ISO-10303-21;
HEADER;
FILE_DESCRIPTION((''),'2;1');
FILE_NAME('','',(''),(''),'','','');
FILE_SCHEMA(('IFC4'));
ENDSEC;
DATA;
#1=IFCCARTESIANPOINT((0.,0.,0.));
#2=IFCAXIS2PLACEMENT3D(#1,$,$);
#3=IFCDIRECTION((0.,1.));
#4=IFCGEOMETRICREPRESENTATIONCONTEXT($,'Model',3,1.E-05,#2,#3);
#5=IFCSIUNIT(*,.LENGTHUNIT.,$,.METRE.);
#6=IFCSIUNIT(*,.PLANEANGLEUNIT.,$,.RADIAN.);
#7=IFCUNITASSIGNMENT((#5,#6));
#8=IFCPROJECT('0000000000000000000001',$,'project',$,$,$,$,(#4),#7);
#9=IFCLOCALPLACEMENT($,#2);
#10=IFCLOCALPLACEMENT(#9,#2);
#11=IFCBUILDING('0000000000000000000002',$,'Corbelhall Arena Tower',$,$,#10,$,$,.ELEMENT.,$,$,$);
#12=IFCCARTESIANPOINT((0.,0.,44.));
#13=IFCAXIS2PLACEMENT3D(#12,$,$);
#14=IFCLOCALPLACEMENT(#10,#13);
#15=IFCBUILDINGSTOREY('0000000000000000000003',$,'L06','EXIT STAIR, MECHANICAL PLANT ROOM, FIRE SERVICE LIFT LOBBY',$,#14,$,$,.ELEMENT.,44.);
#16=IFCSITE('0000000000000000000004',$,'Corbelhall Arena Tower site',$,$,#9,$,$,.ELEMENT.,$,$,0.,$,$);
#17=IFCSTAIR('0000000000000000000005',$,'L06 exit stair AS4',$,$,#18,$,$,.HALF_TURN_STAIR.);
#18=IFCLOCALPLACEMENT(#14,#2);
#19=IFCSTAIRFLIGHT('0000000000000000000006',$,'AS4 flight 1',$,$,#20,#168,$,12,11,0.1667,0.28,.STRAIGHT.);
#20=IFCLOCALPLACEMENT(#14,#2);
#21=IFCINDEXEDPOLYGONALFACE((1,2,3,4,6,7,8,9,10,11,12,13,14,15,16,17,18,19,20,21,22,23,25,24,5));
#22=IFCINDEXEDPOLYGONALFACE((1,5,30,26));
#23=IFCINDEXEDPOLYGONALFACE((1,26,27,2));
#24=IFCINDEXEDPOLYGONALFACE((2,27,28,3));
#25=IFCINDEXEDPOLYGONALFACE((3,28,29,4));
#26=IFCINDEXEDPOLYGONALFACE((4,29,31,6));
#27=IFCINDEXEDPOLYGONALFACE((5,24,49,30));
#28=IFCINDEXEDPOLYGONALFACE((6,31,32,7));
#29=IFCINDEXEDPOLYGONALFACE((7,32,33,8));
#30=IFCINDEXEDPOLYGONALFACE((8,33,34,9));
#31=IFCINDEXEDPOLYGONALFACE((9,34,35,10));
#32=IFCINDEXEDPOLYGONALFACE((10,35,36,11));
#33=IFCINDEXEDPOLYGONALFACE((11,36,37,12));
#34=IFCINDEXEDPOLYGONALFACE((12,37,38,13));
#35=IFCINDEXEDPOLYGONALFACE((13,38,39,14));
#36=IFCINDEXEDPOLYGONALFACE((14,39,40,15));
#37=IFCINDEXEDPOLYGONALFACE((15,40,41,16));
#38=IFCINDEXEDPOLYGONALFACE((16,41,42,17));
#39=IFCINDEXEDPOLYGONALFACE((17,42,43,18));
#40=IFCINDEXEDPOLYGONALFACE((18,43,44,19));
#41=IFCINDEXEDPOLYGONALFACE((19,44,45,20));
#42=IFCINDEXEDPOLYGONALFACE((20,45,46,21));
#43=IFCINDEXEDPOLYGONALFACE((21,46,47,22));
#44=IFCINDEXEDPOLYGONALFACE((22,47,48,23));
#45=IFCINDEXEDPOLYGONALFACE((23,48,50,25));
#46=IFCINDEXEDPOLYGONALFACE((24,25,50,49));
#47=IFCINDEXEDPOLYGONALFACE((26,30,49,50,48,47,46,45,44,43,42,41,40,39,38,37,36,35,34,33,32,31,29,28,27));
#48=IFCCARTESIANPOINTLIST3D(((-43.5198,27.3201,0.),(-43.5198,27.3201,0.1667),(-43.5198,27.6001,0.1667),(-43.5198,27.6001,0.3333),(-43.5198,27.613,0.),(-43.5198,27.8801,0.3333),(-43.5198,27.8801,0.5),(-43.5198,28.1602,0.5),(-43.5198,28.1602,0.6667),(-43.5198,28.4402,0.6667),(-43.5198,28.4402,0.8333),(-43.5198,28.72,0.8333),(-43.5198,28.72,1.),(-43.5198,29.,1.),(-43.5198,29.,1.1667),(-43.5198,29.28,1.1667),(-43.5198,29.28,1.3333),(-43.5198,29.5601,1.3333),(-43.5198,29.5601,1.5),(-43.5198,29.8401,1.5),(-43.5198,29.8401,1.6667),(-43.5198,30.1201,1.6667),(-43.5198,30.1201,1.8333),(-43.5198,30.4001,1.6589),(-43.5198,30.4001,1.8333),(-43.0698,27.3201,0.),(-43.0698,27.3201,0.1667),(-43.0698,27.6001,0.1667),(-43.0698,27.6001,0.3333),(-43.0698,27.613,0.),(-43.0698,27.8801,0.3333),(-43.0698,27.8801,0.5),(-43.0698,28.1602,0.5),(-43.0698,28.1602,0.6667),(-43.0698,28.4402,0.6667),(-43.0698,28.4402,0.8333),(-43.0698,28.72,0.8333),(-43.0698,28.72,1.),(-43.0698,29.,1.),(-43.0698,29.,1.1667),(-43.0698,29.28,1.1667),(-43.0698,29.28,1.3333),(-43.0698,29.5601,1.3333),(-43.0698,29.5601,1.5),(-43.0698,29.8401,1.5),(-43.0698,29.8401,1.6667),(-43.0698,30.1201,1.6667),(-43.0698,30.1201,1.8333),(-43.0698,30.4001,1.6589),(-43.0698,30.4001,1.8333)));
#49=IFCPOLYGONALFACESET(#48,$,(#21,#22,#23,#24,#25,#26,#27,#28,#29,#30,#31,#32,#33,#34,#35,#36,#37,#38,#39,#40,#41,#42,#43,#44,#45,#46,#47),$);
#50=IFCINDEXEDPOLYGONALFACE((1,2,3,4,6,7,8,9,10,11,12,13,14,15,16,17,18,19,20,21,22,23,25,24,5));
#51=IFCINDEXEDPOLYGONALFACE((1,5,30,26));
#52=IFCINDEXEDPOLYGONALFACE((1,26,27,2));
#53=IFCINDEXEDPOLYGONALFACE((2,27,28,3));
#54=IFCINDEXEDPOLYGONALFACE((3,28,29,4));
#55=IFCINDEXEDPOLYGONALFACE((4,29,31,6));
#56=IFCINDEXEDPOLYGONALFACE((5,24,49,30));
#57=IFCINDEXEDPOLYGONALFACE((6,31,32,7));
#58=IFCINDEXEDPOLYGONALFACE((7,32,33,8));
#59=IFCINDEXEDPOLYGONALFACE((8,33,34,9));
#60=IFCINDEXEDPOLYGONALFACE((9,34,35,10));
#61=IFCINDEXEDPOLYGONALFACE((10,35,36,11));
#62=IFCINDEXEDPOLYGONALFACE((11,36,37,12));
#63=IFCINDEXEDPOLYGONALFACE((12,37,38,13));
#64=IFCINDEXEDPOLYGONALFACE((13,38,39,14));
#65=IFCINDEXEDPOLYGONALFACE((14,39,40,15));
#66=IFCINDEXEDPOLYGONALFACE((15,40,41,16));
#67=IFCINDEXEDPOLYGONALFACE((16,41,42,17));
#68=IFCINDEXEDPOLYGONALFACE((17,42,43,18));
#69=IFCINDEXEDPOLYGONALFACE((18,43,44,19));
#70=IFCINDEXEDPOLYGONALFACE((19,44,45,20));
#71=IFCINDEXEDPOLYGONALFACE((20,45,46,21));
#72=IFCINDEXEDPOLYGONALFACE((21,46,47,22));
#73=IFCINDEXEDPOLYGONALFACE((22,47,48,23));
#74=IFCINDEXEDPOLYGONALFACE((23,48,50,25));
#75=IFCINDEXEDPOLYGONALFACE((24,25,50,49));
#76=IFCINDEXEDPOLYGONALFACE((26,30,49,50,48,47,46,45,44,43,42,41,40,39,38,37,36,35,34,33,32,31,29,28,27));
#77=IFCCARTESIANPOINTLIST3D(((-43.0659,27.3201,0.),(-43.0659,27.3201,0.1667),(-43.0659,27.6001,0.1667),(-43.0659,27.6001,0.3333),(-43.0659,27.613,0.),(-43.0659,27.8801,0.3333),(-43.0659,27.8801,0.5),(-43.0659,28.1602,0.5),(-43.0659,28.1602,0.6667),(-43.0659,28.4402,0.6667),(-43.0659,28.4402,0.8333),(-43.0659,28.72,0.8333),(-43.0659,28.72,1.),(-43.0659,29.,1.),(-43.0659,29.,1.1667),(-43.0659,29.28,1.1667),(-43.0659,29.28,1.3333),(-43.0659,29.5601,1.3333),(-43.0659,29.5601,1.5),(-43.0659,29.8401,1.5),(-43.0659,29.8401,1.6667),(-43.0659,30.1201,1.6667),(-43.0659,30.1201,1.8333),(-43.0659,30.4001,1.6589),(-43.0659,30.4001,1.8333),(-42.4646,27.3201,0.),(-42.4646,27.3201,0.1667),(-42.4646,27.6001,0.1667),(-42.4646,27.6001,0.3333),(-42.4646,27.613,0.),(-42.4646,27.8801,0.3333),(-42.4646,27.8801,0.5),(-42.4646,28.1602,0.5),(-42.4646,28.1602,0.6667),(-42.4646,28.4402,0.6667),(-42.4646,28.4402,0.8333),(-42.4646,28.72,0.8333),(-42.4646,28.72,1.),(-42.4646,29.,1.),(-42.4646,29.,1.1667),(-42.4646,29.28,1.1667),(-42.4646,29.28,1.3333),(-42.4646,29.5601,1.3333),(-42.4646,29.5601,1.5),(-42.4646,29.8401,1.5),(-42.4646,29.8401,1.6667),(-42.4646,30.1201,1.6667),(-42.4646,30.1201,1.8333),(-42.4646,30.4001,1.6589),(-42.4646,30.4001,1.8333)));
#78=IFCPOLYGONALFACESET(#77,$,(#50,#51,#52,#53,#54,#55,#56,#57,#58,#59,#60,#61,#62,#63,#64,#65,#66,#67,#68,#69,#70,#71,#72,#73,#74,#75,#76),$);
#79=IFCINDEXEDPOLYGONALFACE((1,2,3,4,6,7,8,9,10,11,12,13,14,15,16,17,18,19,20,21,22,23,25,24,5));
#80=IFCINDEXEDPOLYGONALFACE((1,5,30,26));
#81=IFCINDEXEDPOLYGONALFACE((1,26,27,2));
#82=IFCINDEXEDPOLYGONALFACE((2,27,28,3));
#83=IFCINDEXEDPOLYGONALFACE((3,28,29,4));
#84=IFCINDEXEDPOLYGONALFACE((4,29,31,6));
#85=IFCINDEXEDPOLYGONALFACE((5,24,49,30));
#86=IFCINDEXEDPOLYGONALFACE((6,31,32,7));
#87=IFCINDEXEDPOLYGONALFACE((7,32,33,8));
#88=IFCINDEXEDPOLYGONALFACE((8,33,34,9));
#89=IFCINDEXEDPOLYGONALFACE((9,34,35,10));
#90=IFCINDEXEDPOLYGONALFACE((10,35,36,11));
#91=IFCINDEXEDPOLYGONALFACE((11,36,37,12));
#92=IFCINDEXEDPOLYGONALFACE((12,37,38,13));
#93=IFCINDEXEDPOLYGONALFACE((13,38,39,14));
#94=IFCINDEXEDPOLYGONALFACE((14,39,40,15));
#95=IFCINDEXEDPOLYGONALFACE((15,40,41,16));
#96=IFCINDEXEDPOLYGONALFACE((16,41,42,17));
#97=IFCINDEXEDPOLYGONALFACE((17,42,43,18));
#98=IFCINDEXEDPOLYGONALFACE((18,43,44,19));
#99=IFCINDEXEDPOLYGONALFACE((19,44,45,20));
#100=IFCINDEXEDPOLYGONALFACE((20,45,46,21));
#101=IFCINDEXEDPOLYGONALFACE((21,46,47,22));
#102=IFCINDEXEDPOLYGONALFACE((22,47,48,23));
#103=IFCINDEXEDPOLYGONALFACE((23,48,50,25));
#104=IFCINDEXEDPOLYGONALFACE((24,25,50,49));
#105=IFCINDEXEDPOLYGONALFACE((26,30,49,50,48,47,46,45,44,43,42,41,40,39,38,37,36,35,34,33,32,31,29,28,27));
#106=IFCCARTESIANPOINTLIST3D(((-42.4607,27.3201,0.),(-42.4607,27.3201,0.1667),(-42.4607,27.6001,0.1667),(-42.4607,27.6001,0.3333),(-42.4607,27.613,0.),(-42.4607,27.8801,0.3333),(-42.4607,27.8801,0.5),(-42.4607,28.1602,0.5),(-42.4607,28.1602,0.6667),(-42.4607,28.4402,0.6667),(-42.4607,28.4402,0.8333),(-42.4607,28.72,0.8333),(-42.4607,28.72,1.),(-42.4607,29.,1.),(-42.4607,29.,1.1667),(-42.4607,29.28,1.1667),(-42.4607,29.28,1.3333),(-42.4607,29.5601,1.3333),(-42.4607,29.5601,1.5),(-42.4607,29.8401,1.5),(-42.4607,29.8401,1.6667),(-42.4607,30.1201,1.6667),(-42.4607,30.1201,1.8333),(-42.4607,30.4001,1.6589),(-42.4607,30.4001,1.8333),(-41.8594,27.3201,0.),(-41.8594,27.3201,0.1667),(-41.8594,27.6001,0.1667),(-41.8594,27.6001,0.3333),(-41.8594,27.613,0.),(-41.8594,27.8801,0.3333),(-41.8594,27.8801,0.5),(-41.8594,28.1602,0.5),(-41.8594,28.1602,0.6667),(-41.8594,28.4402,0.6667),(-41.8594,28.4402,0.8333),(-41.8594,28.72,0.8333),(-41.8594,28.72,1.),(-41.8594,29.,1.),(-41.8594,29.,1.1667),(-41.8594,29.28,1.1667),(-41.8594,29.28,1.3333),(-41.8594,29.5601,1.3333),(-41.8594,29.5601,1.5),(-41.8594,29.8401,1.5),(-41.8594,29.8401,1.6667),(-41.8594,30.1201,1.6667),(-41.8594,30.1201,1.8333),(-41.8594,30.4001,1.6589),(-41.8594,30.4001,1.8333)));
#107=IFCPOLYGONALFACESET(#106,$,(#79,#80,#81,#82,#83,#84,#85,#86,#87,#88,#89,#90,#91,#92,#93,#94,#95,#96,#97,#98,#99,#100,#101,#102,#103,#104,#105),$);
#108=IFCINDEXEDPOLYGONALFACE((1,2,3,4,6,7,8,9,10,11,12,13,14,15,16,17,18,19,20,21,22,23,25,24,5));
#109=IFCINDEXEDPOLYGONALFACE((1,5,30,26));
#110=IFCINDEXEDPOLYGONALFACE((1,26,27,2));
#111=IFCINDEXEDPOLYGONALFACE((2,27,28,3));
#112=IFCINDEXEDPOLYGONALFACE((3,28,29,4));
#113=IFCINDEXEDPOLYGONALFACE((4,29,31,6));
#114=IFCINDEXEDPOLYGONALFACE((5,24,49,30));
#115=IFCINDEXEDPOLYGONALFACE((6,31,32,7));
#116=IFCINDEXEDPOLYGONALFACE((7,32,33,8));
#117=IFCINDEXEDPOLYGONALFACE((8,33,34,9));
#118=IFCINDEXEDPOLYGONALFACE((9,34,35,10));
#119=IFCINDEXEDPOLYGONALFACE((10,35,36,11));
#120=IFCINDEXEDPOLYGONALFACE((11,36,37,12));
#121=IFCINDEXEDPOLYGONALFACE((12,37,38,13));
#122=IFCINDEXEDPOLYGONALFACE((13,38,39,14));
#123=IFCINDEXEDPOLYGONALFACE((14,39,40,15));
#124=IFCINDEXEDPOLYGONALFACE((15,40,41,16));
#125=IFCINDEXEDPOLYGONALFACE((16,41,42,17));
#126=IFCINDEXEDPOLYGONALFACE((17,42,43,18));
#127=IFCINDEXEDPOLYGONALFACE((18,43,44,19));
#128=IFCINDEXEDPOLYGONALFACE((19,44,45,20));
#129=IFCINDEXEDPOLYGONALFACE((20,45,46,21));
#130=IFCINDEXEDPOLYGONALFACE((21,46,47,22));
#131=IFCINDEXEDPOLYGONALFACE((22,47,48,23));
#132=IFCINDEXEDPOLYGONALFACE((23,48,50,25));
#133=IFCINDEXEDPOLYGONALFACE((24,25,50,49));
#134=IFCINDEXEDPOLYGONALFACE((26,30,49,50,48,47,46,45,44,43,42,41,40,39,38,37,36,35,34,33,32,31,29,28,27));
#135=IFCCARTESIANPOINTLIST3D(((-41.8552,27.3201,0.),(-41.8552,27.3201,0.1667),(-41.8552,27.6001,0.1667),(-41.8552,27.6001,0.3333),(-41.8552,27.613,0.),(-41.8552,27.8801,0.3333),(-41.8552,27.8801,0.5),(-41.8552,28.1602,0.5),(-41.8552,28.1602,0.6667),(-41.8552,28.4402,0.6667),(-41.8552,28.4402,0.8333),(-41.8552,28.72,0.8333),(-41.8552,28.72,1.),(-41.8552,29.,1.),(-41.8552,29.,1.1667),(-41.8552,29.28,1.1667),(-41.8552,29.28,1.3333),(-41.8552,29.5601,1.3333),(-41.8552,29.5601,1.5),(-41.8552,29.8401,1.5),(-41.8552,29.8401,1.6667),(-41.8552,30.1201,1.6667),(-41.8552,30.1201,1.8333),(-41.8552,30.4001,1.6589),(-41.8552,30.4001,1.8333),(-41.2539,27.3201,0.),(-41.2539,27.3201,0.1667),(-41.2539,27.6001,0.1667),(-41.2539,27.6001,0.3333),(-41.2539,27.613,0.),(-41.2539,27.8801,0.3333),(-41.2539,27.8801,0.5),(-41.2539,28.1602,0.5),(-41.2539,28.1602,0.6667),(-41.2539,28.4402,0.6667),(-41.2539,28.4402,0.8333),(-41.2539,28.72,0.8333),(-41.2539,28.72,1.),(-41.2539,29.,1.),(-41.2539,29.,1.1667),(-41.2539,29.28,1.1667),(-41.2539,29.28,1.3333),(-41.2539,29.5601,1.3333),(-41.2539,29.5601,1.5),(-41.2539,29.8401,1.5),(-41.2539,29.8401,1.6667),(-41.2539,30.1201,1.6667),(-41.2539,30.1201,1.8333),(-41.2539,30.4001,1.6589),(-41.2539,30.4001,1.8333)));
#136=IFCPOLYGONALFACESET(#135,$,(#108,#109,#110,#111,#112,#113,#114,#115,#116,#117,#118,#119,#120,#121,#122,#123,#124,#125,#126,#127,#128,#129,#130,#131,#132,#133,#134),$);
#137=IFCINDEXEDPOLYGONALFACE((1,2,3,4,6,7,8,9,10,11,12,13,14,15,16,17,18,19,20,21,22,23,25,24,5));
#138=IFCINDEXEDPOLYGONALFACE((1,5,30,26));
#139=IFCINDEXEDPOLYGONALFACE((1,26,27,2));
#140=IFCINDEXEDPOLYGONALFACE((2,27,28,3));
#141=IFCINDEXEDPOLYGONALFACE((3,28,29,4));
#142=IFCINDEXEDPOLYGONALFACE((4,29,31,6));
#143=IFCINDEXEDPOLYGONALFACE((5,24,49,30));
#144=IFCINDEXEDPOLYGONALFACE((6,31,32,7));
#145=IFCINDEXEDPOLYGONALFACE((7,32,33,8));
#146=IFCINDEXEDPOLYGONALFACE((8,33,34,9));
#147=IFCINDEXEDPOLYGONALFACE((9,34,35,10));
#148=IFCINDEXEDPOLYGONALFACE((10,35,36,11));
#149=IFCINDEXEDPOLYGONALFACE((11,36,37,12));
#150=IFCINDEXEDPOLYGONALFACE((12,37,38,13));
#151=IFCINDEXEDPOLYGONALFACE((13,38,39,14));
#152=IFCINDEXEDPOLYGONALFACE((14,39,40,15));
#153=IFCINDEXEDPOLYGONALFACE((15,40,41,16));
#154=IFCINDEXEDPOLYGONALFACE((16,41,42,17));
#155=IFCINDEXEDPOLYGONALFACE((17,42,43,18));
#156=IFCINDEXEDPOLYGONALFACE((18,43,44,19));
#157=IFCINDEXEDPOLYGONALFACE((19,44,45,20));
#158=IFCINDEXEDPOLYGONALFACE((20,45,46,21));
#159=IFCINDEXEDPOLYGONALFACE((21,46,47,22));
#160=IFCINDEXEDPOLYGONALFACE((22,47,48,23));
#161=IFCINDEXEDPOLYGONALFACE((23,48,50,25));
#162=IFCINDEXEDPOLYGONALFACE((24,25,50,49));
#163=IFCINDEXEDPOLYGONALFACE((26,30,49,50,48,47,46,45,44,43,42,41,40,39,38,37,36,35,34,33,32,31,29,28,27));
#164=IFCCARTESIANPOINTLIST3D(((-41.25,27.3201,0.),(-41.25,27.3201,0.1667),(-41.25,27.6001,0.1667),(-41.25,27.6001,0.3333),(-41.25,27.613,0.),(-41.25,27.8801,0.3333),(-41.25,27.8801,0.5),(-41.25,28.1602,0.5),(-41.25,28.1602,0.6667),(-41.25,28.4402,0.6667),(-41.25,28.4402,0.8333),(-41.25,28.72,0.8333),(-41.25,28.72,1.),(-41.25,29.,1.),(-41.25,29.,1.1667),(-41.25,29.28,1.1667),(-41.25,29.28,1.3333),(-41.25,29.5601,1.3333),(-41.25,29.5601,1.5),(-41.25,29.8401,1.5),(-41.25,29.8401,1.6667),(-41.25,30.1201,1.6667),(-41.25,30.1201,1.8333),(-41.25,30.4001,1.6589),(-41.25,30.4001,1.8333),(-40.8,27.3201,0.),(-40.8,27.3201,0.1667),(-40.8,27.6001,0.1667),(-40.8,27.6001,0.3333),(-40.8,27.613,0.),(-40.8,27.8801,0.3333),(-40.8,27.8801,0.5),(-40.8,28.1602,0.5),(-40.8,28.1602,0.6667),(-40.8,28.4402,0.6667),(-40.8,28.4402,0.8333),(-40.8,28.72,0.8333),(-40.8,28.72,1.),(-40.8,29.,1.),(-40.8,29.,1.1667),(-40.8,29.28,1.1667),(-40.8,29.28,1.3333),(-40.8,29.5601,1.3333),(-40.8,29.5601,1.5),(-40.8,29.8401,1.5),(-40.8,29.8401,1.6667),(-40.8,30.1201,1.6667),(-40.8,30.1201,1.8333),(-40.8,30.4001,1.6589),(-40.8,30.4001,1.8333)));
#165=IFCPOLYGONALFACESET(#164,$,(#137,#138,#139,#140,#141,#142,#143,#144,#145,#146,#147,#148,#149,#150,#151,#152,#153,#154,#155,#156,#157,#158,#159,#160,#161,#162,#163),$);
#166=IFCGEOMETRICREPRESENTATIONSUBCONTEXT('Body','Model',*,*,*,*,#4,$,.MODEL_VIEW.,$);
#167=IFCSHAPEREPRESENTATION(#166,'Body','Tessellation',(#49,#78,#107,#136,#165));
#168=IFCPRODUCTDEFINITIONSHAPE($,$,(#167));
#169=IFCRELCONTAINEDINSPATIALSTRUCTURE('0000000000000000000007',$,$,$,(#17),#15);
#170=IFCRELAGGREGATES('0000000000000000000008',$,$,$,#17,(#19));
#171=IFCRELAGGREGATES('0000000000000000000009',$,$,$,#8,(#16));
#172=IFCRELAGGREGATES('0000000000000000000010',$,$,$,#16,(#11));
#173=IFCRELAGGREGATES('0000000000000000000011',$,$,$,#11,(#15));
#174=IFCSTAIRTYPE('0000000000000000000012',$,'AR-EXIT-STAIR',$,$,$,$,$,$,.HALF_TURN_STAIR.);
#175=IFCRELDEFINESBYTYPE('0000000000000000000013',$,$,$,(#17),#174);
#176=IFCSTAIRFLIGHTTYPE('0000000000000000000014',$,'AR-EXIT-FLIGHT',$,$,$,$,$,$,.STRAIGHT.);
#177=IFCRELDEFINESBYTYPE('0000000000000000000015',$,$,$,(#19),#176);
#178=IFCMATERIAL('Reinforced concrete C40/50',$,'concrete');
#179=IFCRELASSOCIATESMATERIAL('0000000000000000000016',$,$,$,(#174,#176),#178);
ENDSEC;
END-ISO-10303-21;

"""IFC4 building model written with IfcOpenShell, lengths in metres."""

from ifc_helpers import new_model, si_unit, direction, frame, origin, place, context, subcontext, project, spatial, polyline, outline, extrude, material, type_object, element, aggregate, save


model = new_model("IFC4")

# Units and contexts
model_context = context("Model", 3, precision=1e-05, world=origin(), true_north=direction((0.0, 1.0)))
body_context = subcontext(model_context, "Body", "Model", "MODEL_VIEW")
ifc_project = project(units=[si_unit("LENGTHUNIT", "METRE"), si_unit("PLANEANGLEUNIT", "RADIAN")], contexts=[model_context])

# Site, building, storey
site_placement = place(None, origin())
site = spatial("IfcSite", under=ifc_project, at=site_placement, Name="Corbelhall Arena Tower site", CompositionType="ELEMENT", RefElevation=0.0)
building_placement = place(site_placement, origin())
building = spatial("IfcBuilding", under=site, at=building_placement, Name="Corbelhall Arena Tower", CompositionType="ELEMENT")
storey_placement = place(building_placement, frame((0.0, 0.0, 44.0)))
storey = spatial("IfcBuildingStorey", under=building, at=storey_placement, Name="L06", Description="EXIT STAIR, MECHANICAL PLANT ROOM, FIRE SERVICE LIFT LOBBY", CompositionType="ELEMENT", Elevation=44.0)

# Shared definitions
ifc_material_1 = material(Name="Reinforced concrete C40/50", Category="concrete")

# Stair, stair flight
stair_type = type_object("IfcStairType", Name="AR-EXIT-STAIR", PredefinedType="HALF_TURN_STAIR", material=ifc_material_1)
stair_placement = place(storey_placement, origin())
stair = element("IfcStair", 1, at=stair_placement, inside=storey, type_object=stair_type, Name="L06 exit stair AS4", PredefinedType="HALF_TURN_STAIR")
stair_flight_type = type_object("IfcStairFlightType", Name="AR-EXIT-FLIGHT", PredefinedType="STRAIGHT", material=ifc_material_1)
stair_flight_1_placement = place(storey_placement, frame((-42.1599, 27.3201, 0.0), z_axis=(0.0, 0.0, 1.0), x_axis=(0.0, 1.0, 0.0)))
stair_flight_1 = element("IfcStairFlight", 2, at=stair_flight_1_placement, type_object=stair_flight_type, Name="AS4 flight 1", NumberOfRisers=12, NumberOfTreads=11, PredefinedType="STRAIGHT", RiserHeight=0.1667, TreadLength=0.28, context=body_context, shape_type="SweptSolid", body=[
    extrude(outline(polyline([(0.0, 0.0), (0.0, 0.1667), (0.28, 0.1667), (0.28, 0.3333), (0.5601, 0.3333), (0.5601, 0.5), (0.8401, 0.5), (0.8401, 0.6667), (1.1201, 0.6667), (1.1201, 0.8333), (1.3999, 0.8333), (1.3999, 1.0), (1.6799, 1.0), (1.6799, 1.1667), (1.96, 1.1667), (1.96, 1.3333), (2.24, 1.3333), (2.24, 1.5), (2.52, 1.5), (2.52, 1.6667), (2.8, 1.6667), (2.8, 1.8333), (3.0801, 1.8333), (3.0801, 2.0), (3.0801, 1.6589), (0.293, 0.0), (0.0, 0.0)])), frame((0.0, 1.3599, 0.0), z_axis=(0.0, -1.0, 0.0), x_axis=(1.0, 0.0, 0.0)), (0.0, 0.0, 1.0), 0.45),
    extrude(outline(polyline([(0.0, 0.0), (0.0, 0.1667), (0.28, 0.1667), (0.28, 0.3333), (0.5601, 0.3333), (0.5601, 0.5), (0.8401, 0.5), (0.8401, 0.6667), (1.1201, 0.6667), (1.1201, 0.8333), (1.3999, 0.8333), (1.3999, 1.0), (1.6799, 1.0), (1.6799, 1.1667), (1.96, 1.1667), (1.96, 1.3333), (2.24, 1.3333), (2.24, 1.5), (2.52, 1.5), (2.52, 1.6667), (2.8, 1.6667), (2.8, 1.8333), (3.0801, 1.8333), (3.0801, 2.0), (3.0801, 1.6589), (0.293, 0.0), (0.0, 0.0)])), frame((0.0, 0.906, 0.0), z_axis=(0.0, -1.0, 0.0), x_axis=(1.0, 0.0, 0.0)), (0.0, 0.0, 1.0), 0.6013),
    extrude(outline(polyline([(0.0, 0.0), (0.0, 0.1667), (0.28, 0.1667), (0.28, 0.3333), (0.5601, 0.3333), (0.5601, 0.5), (0.8401, 0.5), (0.8401, 0.6667), (1.1201, 0.6667), (1.1201, 0.8333), (1.3999, 0.8333), (1.3999, 1.0), (1.6799, 1.0), (1.6799, 1.1667), (1.96, 1.1667), (1.96, 1.3333), (2.24, 1.3333), (2.24, 1.5), (2.52, 1.5), (2.52, 1.6667), (2.8, 1.6667), (2.8, 1.8333), (3.0801, 1.8333), (3.0801, 2.0), (3.0801, 1.6589), (0.293, 0.0), (0.0, 0.0)])), frame((0.0, 0.3008, 0.0), z_axis=(0.0, -1.0, 0.0), x_axis=(1.0, 0.0, 0.0)), (0.0, 0.0, 1.0), 0.6013),
    extrude(outline(polyline([(0.0, 0.0), (0.0, 0.1667), (0.28, 0.1667), (0.28, 0.3333), (0.5601, 0.3333), (0.5601, 0.5), (0.8401, 0.5), (0.8401, 0.6667), (1.1201, 0.6667), (1.1201, 0.8333), (1.3999, 0.8333), (1.3999, 1.0), (1.6799, 1.0), (1.6799, 1.1667), (1.96, 1.1667), (1.96, 1.3333), (2.24, 1.3333), (2.24, 1.5), (2.52, 1.5), (2.52, 1.6667), (2.8, 1.6667), (2.8, 1.8333), (3.0801, 1.8333), (3.0801, 2.0), (3.0801, 1.6589), (0.293, 0.0), (0.0, 0.0)])), frame((0.0, -0.3047, 0.0), z_axis=(0.0, -1.0, 0.0), x_axis=(1.0, 0.0, 0.0)), (0.0, 0.0, 1.0), 0.6013),
    extrude(outline(polyline([(0.0, 0.0), (0.0, 0.1667), (0.28, 0.1667), (0.28, 0.3333), (0.5601, 0.3333), (0.5601, 0.5), (0.8401, 0.5), (0.8401, 0.6667), (1.1201, 0.6667), (1.1201, 0.8333), (1.3999, 0.8333), (1.3999, 1.0), (1.6799, 1.0), (1.6799, 1.1667), (1.96, 1.1667), (1.96, 1.3333), (2.24, 1.3333), (2.24, 1.5), (2.52, 1.5), (2.52, 1.6667), (2.8, 1.6667), (2.8, 1.8333), (3.0801, 1.8333), (3.0801, 2.0), (3.0801, 1.6589), (0.293, 0.0), (0.0, 0.0)])), frame((0.0, -0.9099, 0.0), z_axis=(0.0, -1.0, 0.0), x_axis=(1.0, 0.0, 0.0)), (0.0, 0.0, 1.0), 0.45),
])
aggregate(stair, [stair_flight_1])

save(model, "model.ifc")
